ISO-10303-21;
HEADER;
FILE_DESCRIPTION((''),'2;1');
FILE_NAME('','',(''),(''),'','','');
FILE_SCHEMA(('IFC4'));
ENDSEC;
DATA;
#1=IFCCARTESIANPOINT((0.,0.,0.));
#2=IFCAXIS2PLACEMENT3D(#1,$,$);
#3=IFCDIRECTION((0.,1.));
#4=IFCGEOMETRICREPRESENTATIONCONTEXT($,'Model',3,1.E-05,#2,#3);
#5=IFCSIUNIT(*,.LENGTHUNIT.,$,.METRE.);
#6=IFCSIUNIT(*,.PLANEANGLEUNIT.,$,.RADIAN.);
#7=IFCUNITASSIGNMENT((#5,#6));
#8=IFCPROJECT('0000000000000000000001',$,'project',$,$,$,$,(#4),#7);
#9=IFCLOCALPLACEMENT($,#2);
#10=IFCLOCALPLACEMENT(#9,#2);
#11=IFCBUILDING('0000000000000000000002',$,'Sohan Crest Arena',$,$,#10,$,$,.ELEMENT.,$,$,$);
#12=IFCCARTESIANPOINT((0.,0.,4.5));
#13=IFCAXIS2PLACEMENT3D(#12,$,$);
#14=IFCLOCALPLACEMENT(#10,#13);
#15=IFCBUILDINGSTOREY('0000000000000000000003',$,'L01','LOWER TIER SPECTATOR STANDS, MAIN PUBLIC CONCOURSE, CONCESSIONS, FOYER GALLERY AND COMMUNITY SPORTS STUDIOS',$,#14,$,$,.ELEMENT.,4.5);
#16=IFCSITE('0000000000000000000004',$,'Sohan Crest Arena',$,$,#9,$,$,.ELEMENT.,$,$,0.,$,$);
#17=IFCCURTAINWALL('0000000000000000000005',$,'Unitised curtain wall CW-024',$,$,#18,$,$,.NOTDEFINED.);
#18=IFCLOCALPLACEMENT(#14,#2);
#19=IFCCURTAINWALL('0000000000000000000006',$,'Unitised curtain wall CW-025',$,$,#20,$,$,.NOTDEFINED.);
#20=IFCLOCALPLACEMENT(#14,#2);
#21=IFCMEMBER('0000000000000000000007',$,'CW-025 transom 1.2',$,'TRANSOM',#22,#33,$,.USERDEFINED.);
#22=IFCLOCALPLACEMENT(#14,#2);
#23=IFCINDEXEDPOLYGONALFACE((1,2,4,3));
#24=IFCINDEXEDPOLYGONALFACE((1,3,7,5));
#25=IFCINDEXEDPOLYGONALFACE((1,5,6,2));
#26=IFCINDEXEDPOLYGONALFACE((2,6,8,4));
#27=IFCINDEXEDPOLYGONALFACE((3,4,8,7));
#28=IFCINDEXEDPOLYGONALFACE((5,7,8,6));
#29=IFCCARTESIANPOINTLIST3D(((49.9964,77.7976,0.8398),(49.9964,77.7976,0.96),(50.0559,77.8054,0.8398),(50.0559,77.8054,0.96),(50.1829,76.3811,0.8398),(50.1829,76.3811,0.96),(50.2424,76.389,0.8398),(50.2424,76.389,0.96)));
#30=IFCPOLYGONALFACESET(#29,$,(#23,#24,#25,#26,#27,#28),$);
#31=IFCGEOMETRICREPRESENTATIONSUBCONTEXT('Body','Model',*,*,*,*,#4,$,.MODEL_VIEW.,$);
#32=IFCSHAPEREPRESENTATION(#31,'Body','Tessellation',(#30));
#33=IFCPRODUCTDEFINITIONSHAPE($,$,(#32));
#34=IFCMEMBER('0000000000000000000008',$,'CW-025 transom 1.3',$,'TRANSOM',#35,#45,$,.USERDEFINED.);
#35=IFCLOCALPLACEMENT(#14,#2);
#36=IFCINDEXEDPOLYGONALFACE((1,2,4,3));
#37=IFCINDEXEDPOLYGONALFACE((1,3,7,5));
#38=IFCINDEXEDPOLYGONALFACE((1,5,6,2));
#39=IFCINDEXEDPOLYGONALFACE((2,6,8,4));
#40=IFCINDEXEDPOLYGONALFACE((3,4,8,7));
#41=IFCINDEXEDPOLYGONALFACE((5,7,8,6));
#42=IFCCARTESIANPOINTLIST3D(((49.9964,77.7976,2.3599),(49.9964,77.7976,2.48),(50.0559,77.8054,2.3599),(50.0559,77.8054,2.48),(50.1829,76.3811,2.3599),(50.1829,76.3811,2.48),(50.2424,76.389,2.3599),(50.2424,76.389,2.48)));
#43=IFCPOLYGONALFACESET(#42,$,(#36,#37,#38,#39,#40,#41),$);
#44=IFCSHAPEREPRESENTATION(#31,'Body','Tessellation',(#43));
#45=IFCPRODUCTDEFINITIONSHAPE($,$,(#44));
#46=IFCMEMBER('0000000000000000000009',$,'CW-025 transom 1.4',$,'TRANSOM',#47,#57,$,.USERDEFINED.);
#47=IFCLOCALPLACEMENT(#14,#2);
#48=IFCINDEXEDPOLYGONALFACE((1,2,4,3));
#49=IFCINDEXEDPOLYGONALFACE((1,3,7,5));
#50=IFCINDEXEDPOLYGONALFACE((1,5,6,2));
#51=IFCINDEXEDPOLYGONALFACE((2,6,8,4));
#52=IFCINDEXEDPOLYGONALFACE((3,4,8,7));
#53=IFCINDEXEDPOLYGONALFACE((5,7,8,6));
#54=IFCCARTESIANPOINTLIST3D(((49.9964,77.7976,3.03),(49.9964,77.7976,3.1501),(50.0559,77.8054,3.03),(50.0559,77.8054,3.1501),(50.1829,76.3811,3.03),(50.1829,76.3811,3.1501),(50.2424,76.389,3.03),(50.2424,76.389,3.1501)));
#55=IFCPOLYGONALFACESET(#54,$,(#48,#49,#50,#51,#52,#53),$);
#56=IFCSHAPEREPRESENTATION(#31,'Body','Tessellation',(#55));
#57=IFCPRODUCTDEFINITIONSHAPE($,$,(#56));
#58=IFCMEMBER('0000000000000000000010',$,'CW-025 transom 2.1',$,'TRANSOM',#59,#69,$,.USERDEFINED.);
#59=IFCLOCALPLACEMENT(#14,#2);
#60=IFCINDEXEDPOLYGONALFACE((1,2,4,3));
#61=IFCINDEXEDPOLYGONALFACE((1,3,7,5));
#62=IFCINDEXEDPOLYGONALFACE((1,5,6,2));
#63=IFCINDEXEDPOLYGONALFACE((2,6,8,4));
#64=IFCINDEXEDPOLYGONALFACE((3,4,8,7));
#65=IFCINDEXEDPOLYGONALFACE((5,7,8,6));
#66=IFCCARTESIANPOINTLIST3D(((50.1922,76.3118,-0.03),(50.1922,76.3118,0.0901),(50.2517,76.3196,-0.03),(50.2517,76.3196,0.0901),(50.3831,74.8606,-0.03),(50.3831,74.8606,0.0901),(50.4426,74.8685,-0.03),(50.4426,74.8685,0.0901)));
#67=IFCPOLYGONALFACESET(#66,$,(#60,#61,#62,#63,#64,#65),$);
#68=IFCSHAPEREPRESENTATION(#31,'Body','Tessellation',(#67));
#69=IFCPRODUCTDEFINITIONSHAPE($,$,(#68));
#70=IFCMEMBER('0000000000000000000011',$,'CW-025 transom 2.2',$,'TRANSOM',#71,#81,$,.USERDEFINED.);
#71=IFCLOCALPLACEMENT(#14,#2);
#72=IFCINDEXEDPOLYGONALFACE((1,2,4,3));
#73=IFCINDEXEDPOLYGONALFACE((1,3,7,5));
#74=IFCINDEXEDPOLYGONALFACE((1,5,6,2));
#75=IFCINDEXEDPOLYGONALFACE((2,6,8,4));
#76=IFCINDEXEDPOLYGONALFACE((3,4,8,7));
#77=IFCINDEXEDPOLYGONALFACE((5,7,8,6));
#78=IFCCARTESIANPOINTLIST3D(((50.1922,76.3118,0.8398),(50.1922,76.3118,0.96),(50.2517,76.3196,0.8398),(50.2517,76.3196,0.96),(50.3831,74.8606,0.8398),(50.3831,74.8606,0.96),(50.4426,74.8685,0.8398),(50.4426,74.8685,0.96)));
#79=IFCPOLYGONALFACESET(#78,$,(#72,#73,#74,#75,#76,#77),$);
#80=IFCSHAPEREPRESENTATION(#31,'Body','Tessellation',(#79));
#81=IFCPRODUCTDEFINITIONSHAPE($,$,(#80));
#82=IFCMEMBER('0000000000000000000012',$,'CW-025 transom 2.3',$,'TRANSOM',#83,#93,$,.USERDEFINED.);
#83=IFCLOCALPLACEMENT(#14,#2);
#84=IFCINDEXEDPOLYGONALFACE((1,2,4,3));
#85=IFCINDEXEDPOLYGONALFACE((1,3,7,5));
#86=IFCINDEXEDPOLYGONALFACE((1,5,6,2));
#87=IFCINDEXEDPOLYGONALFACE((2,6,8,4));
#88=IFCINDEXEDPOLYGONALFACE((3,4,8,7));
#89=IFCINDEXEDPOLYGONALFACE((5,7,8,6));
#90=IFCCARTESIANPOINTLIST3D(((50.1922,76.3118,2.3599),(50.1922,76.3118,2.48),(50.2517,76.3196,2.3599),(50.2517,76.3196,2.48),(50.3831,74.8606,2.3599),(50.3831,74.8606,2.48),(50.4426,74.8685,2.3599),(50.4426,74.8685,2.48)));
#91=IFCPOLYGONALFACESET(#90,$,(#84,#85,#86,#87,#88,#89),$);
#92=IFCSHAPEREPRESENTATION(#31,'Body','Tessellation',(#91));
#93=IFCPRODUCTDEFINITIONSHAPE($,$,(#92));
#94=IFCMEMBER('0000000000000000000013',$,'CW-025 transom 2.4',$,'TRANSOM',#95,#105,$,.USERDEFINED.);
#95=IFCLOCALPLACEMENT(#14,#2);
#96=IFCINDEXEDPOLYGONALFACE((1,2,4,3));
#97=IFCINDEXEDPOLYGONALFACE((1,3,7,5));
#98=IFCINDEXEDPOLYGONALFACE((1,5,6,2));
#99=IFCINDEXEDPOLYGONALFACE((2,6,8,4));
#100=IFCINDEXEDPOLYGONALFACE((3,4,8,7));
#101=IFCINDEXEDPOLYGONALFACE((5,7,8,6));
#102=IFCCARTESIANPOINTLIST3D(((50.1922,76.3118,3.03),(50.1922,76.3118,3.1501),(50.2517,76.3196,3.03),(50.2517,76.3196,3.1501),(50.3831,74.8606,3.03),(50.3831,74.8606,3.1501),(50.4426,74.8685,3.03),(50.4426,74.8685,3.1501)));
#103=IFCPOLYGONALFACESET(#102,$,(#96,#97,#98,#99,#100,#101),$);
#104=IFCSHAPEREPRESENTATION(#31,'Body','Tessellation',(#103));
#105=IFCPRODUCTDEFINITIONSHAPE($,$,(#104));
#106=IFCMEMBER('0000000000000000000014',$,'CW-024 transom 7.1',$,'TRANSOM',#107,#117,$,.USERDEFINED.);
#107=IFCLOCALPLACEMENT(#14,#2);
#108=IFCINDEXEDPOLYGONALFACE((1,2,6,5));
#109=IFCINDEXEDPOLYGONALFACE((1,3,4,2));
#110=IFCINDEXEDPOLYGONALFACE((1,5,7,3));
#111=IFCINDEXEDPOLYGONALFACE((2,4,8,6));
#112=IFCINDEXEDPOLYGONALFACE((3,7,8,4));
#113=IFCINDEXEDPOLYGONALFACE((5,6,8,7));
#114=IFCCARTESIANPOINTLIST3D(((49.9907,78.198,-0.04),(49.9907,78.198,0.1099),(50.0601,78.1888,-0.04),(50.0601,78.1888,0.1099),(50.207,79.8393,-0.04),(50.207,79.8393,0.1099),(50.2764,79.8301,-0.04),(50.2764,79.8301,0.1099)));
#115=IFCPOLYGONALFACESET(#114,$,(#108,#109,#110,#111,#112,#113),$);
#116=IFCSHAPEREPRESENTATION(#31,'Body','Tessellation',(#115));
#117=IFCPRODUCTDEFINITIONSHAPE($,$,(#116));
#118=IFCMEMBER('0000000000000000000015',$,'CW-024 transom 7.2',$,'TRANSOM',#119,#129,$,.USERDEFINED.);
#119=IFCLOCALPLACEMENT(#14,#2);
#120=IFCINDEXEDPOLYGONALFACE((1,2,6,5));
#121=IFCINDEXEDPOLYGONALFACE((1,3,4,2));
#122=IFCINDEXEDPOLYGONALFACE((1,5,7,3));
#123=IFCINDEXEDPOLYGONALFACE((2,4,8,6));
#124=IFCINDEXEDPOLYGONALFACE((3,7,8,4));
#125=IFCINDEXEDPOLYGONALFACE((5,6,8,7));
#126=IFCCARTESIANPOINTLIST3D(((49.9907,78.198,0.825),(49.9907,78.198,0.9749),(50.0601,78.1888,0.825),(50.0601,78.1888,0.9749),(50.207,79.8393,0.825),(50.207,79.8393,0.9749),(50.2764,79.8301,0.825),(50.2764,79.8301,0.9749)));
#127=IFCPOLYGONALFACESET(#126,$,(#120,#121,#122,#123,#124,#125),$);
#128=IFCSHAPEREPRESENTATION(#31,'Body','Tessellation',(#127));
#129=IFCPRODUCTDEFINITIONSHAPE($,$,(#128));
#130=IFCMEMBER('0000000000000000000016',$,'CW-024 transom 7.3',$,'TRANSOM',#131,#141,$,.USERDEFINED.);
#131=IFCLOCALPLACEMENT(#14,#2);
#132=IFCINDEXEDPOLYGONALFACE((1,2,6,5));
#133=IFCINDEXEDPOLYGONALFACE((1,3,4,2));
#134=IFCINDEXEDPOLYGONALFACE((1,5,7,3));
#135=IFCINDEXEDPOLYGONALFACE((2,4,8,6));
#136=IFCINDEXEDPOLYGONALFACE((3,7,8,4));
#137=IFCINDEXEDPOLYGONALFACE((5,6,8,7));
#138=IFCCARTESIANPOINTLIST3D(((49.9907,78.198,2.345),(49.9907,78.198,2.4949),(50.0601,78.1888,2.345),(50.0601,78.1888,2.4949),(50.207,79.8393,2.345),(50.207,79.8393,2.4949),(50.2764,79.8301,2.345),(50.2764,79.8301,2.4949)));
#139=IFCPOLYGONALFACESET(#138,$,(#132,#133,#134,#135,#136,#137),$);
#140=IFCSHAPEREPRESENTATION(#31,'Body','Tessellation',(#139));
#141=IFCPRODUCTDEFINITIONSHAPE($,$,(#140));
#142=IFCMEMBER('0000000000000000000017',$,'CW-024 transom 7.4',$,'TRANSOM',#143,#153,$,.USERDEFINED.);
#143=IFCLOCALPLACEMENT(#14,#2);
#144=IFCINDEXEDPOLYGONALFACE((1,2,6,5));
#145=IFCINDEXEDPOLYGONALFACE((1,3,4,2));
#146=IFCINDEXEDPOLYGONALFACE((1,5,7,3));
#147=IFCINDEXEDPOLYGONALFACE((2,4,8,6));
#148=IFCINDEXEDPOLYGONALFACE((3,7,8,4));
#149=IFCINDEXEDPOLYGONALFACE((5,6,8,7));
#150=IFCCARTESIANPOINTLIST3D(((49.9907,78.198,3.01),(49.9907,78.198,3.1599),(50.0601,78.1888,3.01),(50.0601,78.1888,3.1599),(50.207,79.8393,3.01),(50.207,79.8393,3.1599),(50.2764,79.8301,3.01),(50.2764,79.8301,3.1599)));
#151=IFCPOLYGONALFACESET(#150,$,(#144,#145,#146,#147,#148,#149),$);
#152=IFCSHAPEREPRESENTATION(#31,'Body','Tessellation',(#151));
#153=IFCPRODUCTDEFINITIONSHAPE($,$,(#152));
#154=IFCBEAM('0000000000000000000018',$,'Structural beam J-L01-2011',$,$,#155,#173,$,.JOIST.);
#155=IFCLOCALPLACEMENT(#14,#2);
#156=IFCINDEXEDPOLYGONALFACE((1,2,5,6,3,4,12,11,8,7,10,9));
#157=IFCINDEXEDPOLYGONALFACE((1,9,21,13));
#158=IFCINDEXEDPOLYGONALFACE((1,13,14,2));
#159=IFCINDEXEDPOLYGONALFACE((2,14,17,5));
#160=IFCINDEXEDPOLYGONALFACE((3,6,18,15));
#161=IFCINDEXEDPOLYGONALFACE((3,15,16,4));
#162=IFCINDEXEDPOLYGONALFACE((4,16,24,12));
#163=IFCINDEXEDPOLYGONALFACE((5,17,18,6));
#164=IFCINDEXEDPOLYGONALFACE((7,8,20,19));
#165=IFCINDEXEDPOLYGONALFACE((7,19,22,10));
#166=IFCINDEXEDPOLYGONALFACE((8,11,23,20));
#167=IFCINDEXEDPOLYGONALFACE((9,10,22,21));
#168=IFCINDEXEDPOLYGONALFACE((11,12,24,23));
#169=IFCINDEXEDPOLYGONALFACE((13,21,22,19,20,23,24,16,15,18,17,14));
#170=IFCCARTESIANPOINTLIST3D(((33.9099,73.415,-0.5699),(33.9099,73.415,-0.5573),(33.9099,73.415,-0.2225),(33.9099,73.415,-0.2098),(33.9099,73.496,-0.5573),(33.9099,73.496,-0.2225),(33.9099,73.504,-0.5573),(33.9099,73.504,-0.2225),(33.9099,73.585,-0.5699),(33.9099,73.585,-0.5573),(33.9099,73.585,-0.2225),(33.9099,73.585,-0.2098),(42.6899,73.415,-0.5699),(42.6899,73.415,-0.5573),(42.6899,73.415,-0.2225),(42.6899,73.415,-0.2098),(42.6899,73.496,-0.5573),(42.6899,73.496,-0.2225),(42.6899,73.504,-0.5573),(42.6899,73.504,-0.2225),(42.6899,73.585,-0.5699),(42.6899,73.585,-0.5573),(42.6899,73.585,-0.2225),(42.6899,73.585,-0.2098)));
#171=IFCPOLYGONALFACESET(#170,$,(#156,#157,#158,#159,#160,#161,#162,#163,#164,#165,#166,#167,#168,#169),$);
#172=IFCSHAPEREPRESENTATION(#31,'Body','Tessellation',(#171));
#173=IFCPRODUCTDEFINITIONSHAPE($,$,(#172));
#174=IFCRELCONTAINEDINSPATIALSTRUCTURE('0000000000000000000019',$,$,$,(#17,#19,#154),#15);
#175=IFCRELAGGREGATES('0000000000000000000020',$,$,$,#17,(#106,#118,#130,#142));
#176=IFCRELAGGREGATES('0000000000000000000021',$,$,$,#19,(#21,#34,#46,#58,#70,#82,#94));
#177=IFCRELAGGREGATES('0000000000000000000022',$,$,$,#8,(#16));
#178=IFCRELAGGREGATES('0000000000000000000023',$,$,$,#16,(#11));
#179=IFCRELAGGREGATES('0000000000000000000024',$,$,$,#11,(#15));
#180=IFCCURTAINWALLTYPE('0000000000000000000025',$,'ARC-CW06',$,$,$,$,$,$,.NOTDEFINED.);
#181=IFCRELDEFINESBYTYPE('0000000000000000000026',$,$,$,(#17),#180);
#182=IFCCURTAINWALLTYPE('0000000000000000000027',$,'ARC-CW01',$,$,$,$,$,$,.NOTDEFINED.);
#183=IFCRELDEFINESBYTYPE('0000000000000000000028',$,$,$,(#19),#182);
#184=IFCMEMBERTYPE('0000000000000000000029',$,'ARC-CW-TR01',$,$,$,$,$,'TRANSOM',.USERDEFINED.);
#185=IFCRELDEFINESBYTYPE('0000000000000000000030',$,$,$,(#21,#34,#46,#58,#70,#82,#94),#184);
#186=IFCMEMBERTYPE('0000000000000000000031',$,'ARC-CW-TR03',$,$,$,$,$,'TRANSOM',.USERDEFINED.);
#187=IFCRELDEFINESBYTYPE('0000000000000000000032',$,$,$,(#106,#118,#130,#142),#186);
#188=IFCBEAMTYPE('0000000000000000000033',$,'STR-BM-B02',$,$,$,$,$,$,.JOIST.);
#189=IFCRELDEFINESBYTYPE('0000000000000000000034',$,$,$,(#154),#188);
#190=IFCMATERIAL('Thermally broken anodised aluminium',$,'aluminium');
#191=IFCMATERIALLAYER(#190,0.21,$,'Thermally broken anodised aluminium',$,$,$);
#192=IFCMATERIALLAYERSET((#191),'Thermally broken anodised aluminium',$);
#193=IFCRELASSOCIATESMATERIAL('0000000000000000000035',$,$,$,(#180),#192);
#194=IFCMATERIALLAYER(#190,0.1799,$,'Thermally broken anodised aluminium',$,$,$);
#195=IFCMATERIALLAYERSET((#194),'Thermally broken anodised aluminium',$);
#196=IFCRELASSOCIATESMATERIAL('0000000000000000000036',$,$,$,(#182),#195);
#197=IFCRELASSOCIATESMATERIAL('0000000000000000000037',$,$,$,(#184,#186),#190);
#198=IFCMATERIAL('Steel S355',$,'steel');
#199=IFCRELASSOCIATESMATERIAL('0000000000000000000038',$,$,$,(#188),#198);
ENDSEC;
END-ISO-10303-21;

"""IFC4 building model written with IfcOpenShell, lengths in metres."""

from ifc_helpers import new_model, si_unit, direction, frame, origin, origin_2d, place, context, subcontext, project, spatial, rectangle, i_section, extrude, material, layer, layer_set, material_profile, profile_set, type_object, element, aggregate, save


model = new_model("IFC4")

# Units and contexts
model_context = context("Model", 3, precision=1e-05, world=origin(), true_north=direction((0.0, 1.0)))
body_context = subcontext(model_context, "Body", "Model", "MODEL_VIEW")
ifc_project = project(units=[si_unit("LENGTHUNIT", "METRE"), si_unit("PLANEANGLEUNIT", "RADIAN")], contexts=[model_context])

# Site, building, storey
site_placement = place(None, origin())
site = spatial("IfcSite", under=ifc_project, at=site_placement, Name="Sohan Crest Arena", CompositionType="ELEMENT", RefElevation=0.0)
building_placement = place(site_placement, origin())
building = spatial("IfcBuilding", under=site, at=building_placement, Name="Sohan Crest Arena", CompositionType="ELEMENT")
storey_placement = place(building_placement, frame((0.0, 0.0, 4.5)))
storey = spatial("IfcBuildingStorey", under=building, at=storey_placement, Name="L01", Description="LOWER TIER SPECTATOR STANDS, MAIN PUBLIC CONCOURSE, CONCESSIONS, FOYER GALLERY AND COMMUNITY SPORTS STUDIOS", CompositionType="ELEMENT", Elevation=4.5)

# Shared definitions
ifc_material_1 = material(Name="Steel S355", Category="steel")

# Curtain walls, members
ifc_material_2 = material(Name="Thermally broken anodised aluminium", Category="aluminium")
ifc_layer_1 = layer(ifc_material_2, 0.21, Name="Thermally broken anodised aluminium")
ifc_layer_set_1 = layer_set([ifc_layer_1], Name="Thermally broken anodised aluminium")
curtain_wall_type_1 = type_object("IfcCurtainWallType", Name="ARC-CW06", PredefinedType="NOTDEFINED", material=ifc_layer_set_1)
curtain_wall_1_placement = place(storey_placement, origin())
curtain_wall_1 = element("IfcCurtainWall", 1, at=curtain_wall_1_placement, inside=storey, type_object=curtain_wall_type_1, Name="Unitised curtain wall CW-024", PredefinedType="NOTDEFINED")
ifc_layer_2 = layer(ifc_material_2, 0.1799, Name="Thermally broken anodised aluminium")
ifc_layer_set_2 = layer_set([ifc_layer_2], Name="Thermally broken anodised aluminium")
curtain_wall_type_2 = type_object("IfcCurtainWallType", Name="ARC-CW01", PredefinedType="NOTDEFINED", material=ifc_layer_set_2)
curtain_wall_2_placement = place(storey_placement, origin())
curtain_wall_2 = element("IfcCurtainWall", 2, at=curtain_wall_2_placement, inside=storey, type_object=curtain_wall_type_2, Name="Unitised curtain wall CW-025", PredefinedType="NOTDEFINED")
ifc_material_profile_1 = material_profile(ifc_material_2, rectangle(XDim=0.0601, YDim=0.1201, at=origin_2d()), Name="ALU-TRAN 60x120")
ifc_profile_set_1 = profile_set([ifc_material_profile_1], Name="Thermally broken anodised aluminium")
member_type_1 = type_object("IfcMemberType", Name="ARC-CW-TR01", ElementType="TRANSOM", PredefinedType="USERDEFINED", material=ifc_profile_set_1)
member_1_placement = place(storey_placement, frame((50.0261, 77.8015, 0.8999), z_axis=(0.130552, -0.991441, 0.0), x_axis=(0.991441, 0.130552, 0.0)))
member_1 = element("IfcMember", 3, at=member_1_placement, type_object=member_type_1, Name="CW-025 transom 1.2", ObjectType="TRANSOM", PredefinedType="USERDEFINED", context=body_context, shape_type="SweptSolid", body=[
    extrude(rectangle(XDim=0.0601, YDim=0.1201, at=origin_2d()), origin(), (0.0, 0.0, 1.0), 1.4287),
])
member_2_placement = place(storey_placement, frame((50.0261, 77.8015, 2.4199), z_axis=(0.130552, -0.991441, 0.0), x_axis=(0.991441, 0.130552, 0.0)))
member_2 = element("IfcMember", 4, at=member_2_placement, type_object=member_type_1, Name="CW-025 transom 1.3", ObjectType="TRANSOM", PredefinedType="USERDEFINED", context=body_context, shape_type="SweptSolid", body=[
    extrude(rectangle(XDim=0.0601, YDim=0.1201, at=origin_2d()), origin(), (0.0, 0.0, 1.0), 1.4287),
])
member_3_placement = place(storey_placement, frame((50.0261, 77.8015, 3.0901), z_axis=(0.130552, -0.991441, 0.0), x_axis=(0.991441, 0.130552, 0.0)))
member_3 = element("IfcMember", 5, at=member_3_placement, type_object=member_type_1, Name="CW-025 transom 1.4", ObjectType="TRANSOM", PredefinedType="USERDEFINED", context=body_context, shape_type="SweptSolid", body=[
    extrude(rectangle(XDim=0.0601, YDim=0.1201, at=origin_2d()), origin(), (0.0, 0.0, 1.0), 1.4287),
])
member_4_placement = place(storey_placement, frame((50.2219, 76.3157, 0.03), z_axis=(0.130437, -0.991457, 0.0), x_axis=(0.991457, 0.130437, 0.0)))
member_4 = element("IfcMember", 6, at=member_4_placement, type_object=member_type_1, Name="CW-025 transom 2.1", ObjectType="TRANSOM", PredefinedType="USERDEFINED", context=body_context, shape_type="SweptSolid", body=[
    extrude(rectangle(XDim=0.0601, YDim=0.1201, at=origin_2d()), origin(), (0.0, 0.0, 1.0), 1.4636),
])
member_5_placement = place(storey_placement, frame((50.2219, 76.3157, 0.8999), z_axis=(0.130437, -0.991457, 0.0), x_axis=(0.991457, 0.130437, 0.0)))
member_5 = element("IfcMember", 7, at=member_5_placement, type_object=member_type_1, Name="CW-025 transom 2.2", ObjectType="TRANSOM", PredefinedType="USERDEFINED", context=body_context, shape_type="SweptSolid", body=[
    extrude(rectangle(XDim=0.0601, YDim=0.1201, at=origin_2d()), origin(), (0.0, 0.0, 1.0), 1.4636),
])
member_6_placement = place(storey_placement, frame((50.2219, 76.3157, 2.4199), z_axis=(0.130437, -0.991457, 0.0), x_axis=(0.991457, 0.130437, 0.0)))
member_6 = element("IfcMember", 8, at=member_6_placement, type_object=member_type_1, Name="CW-025 transom 2.3", ObjectType="TRANSOM", PredefinedType="USERDEFINED", context=body_context, shape_type="SweptSolid", body=[
    extrude(rectangle(XDim=0.0601, YDim=0.1201, at=origin_2d()), origin(), (0.0, 0.0, 1.0), 1.4636),
])
member_7_placement = place(storey_placement, frame((50.2219, 76.3157, 3.0901), z_axis=(0.130437, -0.991457, 0.0), x_axis=(0.991457, 0.130437, 0.0)))
member_7 = element("IfcMember", 9, at=member_7_placement, type_object=member_type_1, Name="CW-025 transom 2.4", ObjectType="TRANSOM", PredefinedType="USERDEFINED", context=body_context, shape_type="SweptSolid", body=[
    extrude(rectangle(XDim=0.0601, YDim=0.1201, at=origin_2d()), origin(), (0.0, 0.0, 1.0), 1.4636),
])

# Members
ifc_material_profile_2 = material_profile(ifc_material_2, rectangle(XDim=0.0701, YDim=0.1499, at=origin_2d()), Name="ALU-TRAN 70x150")
ifc_profile_set_2 = profile_set([ifc_material_profile_2], Name="Thermally broken anodised aluminium")
member_type_2 = type_object("IfcMemberType", Name="ARC-CW-TR03", ElementType="TRANSOM", PredefinedType="USERDEFINED", material=ifc_profile_set_2)
member_8_placement = place(storey_placement, frame((50.2417, 79.8347, 0.0349), z_axis=(-0.130657, -0.991428, 0.0), x_axis=(0.991428, -0.130657, 0.0)))
member_8 = element("IfcMember", 10, at=member_8_placement, type_object=member_type_2, Name="CW-024 transom 7.1", ObjectType="TRANSOM", PredefinedType="USERDEFINED", context=body_context, shape_type="SweptSolid", body=[
    extrude(rectangle(XDim=0.0701, YDim=0.1499, at=origin_2d()), origin(), (0.0, 0.0, 1.0), 1.6555),
])
member_9_placement = place(storey_placement, frame((50.2417, 79.8347, 0.8999), z_axis=(-0.130657, -0.991428, 0.0), x_axis=(0.991428, -0.130657, 0.0)))
member_9 = element("IfcMember", 11, at=member_9_placement, type_object=member_type_2, Name="CW-024 transom 7.2", ObjectType="TRANSOM", PredefinedType="USERDEFINED", context=body_context, shape_type="SweptSolid", body=[
    extrude(rectangle(XDim=0.0701, YDim=0.1499, at=origin_2d()), origin(), (0.0, 0.0, 1.0), 1.6555),
])
member_10_placement = place(storey_placement, frame((50.2417, 79.8347, 2.4199), z_axis=(-0.130657, -0.991428, 0.0), x_axis=(0.991428, -0.130657, 0.0)))
member_10 = element("IfcMember", 12, at=member_10_placement, type_object=member_type_2, Name="CW-024 transom 7.3", ObjectType="TRANSOM", PredefinedType="USERDEFINED", context=body_context, shape_type="SweptSolid", body=[
    extrude(rectangle(XDim=0.0701, YDim=0.1499, at=origin_2d()), origin(), (0.0, 0.0, 1.0), 1.6555),
])
member_11_placement = place(storey_placement, frame((50.2417, 79.8347, 3.085), z_axis=(-0.130657, -0.991428, 0.0), x_axis=(0.991428, -0.130657, 0.0)))
member_11 = element("IfcMember", 13, at=member_11_placement, type_object=member_type_2, Name="CW-024 transom 7.4", ObjectType="TRANSOM", PredefinedType="USERDEFINED", context=body_context, shape_type="SweptSolid", body=[
    extrude(rectangle(XDim=0.0701, YDim=0.1499, at=origin_2d()), origin(), (0.0, 0.0, 1.0), 1.6555),
])

# Beam
ifc_material_profile_3 = material_profile(ifc_material_1, i_section(OverallWidth=0.1699, OverallDepth=0.3601, WebThickness=0.0081, FlangeThickness=0.0127, at=origin_2d()), Name="IPE 360")
ifc_profile_set_3 = profile_set([ifc_material_profile_3], Name="Steel S355")
beam_type_1 = type_object("IfcBeamType", Name="STR-BM-B02", PredefinedType="JOIST", material=ifc_profile_set_3)
beam_1_placement = place(storey_placement, frame((33.9099, 73.5, -0.3899), z_axis=(1.0, 0.0, 0.0), x_axis=(0.0, 1.0, 0.0)))
element("IfcBeam", 14, at=beam_1_placement, inside=storey, type_object=beam_type_1, Name="Structural beam J-L01-2011", PredefinedType="JOIST", context=body_context, shape_type="SweptSolid", body=[
    extrude(i_section(OverallWidth=0.1699, OverallDepth=0.3601, WebThickness=0.0081, FlangeThickness=0.0127, at=origin_2d()), origin(), (0.0, 0.0, 1.0), 8.78),
])

aggregate(curtain_wall_1, [member_8, member_9, member_10, member_11])
aggregate(curtain_wall_2, [member_1, member_2, member_3, member_4, member_5, member_6, member_7])

save(model, "model.ifc")
